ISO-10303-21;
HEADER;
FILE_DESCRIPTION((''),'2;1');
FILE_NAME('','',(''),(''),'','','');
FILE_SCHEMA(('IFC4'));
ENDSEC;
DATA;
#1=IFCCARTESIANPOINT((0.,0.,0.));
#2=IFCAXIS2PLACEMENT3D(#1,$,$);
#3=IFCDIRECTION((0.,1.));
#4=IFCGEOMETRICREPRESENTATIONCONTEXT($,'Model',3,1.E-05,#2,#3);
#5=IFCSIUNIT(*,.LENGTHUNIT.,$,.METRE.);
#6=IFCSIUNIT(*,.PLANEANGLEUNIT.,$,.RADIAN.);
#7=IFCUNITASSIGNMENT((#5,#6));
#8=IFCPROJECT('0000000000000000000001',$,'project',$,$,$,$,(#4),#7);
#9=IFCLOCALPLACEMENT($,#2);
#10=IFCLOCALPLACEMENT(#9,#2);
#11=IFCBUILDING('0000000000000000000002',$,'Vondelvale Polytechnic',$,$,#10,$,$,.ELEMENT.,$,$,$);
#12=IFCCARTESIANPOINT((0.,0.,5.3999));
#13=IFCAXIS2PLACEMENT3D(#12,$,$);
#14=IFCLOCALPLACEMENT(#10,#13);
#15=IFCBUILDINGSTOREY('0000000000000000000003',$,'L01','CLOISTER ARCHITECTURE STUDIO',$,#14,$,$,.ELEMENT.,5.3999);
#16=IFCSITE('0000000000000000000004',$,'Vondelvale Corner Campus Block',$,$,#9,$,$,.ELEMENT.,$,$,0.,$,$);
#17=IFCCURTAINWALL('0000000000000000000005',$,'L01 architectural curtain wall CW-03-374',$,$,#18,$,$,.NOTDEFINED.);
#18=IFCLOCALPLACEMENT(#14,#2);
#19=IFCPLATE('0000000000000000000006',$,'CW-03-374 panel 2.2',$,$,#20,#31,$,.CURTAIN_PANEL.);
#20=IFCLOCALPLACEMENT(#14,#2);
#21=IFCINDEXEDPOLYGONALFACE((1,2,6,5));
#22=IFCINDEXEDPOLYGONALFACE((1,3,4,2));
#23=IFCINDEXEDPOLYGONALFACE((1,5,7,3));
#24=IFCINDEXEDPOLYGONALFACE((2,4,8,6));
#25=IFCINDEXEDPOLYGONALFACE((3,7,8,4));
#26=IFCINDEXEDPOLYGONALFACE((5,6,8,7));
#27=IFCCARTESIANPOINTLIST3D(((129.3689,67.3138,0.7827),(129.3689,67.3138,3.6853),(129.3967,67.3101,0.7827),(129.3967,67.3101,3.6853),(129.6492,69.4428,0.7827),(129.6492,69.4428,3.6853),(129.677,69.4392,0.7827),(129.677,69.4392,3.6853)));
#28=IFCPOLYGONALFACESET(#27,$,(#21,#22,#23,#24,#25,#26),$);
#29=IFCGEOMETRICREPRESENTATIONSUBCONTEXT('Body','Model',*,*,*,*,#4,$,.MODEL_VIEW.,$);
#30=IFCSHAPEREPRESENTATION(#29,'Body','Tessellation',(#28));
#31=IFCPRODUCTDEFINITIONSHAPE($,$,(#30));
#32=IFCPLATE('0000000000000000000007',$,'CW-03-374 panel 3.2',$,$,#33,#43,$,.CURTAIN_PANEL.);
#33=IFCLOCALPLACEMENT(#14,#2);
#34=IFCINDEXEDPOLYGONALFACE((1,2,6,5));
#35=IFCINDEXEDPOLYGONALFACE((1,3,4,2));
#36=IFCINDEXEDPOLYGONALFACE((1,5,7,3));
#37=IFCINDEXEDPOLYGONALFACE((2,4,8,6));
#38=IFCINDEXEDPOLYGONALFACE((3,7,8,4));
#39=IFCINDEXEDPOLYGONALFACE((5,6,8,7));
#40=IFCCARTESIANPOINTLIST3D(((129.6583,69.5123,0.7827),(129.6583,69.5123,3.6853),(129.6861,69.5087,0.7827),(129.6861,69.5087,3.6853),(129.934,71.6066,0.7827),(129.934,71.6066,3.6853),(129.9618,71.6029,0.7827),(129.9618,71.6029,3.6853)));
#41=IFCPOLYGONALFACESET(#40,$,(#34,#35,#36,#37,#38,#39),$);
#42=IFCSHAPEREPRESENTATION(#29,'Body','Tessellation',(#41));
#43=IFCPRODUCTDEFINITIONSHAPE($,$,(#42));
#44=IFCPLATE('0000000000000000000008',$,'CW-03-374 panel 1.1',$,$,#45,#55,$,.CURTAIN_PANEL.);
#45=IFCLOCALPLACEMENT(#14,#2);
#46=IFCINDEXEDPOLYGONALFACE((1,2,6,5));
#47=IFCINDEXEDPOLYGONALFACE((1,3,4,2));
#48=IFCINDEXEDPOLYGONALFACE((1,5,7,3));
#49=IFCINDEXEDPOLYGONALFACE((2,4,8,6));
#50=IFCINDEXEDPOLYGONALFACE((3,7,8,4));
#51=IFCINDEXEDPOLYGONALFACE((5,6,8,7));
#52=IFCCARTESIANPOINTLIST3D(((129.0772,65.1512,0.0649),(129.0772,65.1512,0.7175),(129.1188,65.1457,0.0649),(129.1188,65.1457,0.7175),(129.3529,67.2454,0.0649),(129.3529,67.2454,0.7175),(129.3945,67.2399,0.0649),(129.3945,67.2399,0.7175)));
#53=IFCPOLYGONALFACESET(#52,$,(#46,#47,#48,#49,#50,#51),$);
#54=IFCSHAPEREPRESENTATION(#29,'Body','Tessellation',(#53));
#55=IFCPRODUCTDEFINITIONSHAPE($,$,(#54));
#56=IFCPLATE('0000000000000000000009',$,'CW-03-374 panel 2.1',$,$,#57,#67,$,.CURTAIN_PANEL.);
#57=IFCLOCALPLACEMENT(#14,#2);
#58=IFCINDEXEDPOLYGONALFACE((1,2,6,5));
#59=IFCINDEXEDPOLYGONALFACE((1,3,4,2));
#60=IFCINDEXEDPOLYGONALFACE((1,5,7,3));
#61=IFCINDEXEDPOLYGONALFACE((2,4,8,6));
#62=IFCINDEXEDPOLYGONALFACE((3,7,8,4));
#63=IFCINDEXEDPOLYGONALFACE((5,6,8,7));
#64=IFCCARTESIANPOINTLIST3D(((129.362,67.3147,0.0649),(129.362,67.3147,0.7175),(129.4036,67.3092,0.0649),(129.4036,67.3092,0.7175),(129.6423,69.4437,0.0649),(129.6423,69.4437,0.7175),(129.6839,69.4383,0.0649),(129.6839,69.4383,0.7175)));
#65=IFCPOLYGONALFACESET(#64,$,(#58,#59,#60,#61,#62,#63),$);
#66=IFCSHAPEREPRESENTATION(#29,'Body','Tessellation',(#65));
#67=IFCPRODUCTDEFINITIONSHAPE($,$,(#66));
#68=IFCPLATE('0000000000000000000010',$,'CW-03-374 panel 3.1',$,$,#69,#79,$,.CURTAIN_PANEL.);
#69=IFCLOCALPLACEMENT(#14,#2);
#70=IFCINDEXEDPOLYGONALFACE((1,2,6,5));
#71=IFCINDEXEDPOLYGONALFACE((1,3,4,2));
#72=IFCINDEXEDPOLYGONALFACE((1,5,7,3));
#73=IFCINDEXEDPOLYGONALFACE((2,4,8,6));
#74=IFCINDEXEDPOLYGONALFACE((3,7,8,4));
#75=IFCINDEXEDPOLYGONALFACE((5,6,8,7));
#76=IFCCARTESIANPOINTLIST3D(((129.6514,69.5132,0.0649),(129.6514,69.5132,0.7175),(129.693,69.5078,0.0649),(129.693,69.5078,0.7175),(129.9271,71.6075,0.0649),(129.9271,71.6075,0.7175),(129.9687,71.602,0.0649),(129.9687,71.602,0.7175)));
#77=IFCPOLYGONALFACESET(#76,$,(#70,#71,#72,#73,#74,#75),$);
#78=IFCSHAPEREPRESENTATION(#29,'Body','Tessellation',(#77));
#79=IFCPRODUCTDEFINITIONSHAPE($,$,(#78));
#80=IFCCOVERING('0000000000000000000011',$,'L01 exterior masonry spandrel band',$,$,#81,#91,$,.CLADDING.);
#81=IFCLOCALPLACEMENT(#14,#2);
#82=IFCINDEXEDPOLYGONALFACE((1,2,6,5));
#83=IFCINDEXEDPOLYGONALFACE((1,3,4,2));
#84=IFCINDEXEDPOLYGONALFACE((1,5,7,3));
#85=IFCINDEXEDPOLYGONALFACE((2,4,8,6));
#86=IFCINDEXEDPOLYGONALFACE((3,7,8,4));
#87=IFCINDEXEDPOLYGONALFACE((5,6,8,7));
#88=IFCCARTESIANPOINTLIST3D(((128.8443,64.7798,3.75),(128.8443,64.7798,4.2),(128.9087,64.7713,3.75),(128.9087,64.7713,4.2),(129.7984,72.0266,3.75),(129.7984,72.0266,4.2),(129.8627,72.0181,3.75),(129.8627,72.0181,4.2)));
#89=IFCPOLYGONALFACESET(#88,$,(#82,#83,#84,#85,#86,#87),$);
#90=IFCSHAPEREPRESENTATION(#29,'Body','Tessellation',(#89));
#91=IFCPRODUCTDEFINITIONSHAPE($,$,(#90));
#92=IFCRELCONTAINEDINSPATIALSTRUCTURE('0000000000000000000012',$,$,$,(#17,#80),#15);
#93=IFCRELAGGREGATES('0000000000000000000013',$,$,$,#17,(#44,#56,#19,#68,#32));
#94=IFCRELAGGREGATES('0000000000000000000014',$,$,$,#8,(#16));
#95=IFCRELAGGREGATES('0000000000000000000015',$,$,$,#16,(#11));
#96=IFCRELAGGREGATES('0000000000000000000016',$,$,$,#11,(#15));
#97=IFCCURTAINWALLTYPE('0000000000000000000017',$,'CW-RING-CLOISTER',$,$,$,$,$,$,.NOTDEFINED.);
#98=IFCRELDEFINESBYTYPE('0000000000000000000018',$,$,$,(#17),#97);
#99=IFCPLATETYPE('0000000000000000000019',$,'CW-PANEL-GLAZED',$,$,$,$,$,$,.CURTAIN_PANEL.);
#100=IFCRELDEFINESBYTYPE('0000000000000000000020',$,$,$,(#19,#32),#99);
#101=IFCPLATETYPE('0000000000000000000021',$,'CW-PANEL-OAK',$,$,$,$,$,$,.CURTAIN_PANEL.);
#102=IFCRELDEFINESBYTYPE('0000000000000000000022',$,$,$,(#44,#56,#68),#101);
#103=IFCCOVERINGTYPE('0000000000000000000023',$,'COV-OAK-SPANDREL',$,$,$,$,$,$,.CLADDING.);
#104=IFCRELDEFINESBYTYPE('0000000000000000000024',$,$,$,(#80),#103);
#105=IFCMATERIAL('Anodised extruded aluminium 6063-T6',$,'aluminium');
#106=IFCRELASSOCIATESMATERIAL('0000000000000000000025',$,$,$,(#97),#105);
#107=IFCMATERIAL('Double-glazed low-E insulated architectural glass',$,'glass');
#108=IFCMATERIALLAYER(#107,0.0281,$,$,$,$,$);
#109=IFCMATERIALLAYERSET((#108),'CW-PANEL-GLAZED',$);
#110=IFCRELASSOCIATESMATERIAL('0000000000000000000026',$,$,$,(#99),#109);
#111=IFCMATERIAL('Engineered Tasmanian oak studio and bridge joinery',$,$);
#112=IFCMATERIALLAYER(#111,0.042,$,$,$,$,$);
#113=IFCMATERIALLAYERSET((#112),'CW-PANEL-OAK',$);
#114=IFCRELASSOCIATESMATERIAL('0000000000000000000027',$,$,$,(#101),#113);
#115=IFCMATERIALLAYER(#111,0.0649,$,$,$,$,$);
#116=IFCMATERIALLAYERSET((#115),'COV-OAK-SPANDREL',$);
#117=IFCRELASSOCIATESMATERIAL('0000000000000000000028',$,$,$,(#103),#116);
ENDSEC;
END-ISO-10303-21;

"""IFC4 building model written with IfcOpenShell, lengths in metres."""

from ifc_helpers import new_model, si_unit, direction, frame, origin, origin_2d, place, context, subcontext, project, spatial, rectangle, extrude, material, layer, layer_set, type_object, element, aggregate, save


model = new_model("IFC4")

# Units and contexts
model_context = context("Model", 3, precision=1e-05, world=origin(), true_north=direction((0.0, 1.0)))
body_context = subcontext(model_context, "Body", "Model", "MODEL_VIEW")
ifc_project = project(units=[si_unit("LENGTHUNIT", "METRE"), si_unit("PLANEANGLEUNIT", "RADIAN")], contexts=[model_context])

# Site, building, storey
site_placement = place(None, origin())
site = spatial("IfcSite", under=ifc_project, at=site_placement, Name="Vondelvale Corner Campus Block", CompositionType="ELEMENT", RefElevation=0.0)
building_placement = place(site_placement, origin())
building = spatial("IfcBuilding", under=site, at=building_placement, Name="Vondelvale Polytechnic", CompositionType="ELEMENT")
storey_placement = place(building_placement, frame((0.0, 0.0, 5.3999)))
storey = spatial("IfcBuildingStorey", under=building, at=storey_placement, Name="L01", Description="CLOISTER ARCHITECTURE STUDIO", CompositionType="ELEMENT", Elevation=5.3999)

# Curtain wall, plates
ifc_material_1 = material(Name="Anodised extruded aluminium 6063-T6", Category="aluminium")
curtain_wall_type = type_object("IfcCurtainWallType", Name="CW-RING-CLOISTER", PredefinedType="NOTDEFINED", material=ifc_material_1)
curtain_wall_placement = place(storey_placement, origin())
curtain_wall = element("IfcCurtainWall", 1, at=curtain_wall_placement, inside=storey, type_object=curtain_wall_type, Name="L01 architectural curtain wall CW-03-374", PredefinedType="NOTDEFINED")
ifc_material_2 = material(Name="Double-glazed low-E insulated architectural glass", Category="glass")
ifc_layer_1 = layer(ifc_material_2, 0.0281)
ifc_layer_set_1 = layer_set([ifc_layer_1], Name="CW-PANEL-GLAZED")
plate_type_1 = type_object("IfcPlateType", Name="CW-PANEL-GLAZED", PredefinedType="CURTAIN_PANEL", material=ifc_layer_set_1)
plate_1_placement = place(storey_placement, frame((129.5229, 68.3765, 0.7827), z_axis=(0.0, 0.0, 1.0), x_axis=(0.130528, 0.991445, 0.0)))
plate_1 = element("IfcPlate", 2, at=plate_1_placement, type_object=plate_type_1, Name="CW-03-374 panel 2.2", PredefinedType="CURTAIN_PANEL", context=body_context, shape_type="SweptSolid", body=[
    extrude(rectangle(XDim=2.1475, YDim=0.0281, at=origin_2d()), origin(), (0.0, 0.0, 1.0), 2.9026),
])
plate_2_placement = place(storey_placement, frame((129.8101, 70.5576, 0.7827), z_axis=(0.0, 0.0, 1.0), x_axis=(0.130528, 0.991445, 0.0)))
plate_2 = element("IfcPlate", 3, at=plate_2_placement, type_object=plate_type_1, Name="CW-03-374 panel 3.2", PredefinedType="CURTAIN_PANEL", context=body_context, shape_type="SweptSolid", body=[
    extrude(rectangle(XDim=2.1123, YDim=0.0281, at=origin_2d()), origin(), (0.0, 0.0, 1.0), 2.9026),
])
ifc_material_3 = material(Name="Engineered Tasmanian oak studio and bridge joinery")
ifc_layer_2 = layer(ifc_material_3, 0.042)
ifc_layer_set_2 = layer_set([ifc_layer_2], Name="CW-PANEL-OAK")
plate_type_2 = type_object("IfcPlateType", Name="CW-PANEL-OAK", PredefinedType="CURTAIN_PANEL", material=ifc_layer_set_2)
plate_3_placement = place(storey_placement, frame((129.2358, 66.1956, 0.0649), z_axis=(0.0, 0.0, 1.0), x_axis=(0.130528, 0.991445, 0.0)))
plate_3 = element("IfcPlate", 4, at=plate_3_placement, type_object=plate_type_2, Name="CW-03-374 panel 1.1", PredefinedType="CURTAIN_PANEL", context=body_context, shape_type="SweptSolid", body=[
    extrude(rectangle(XDim=2.1123, YDim=0.042, at=origin_2d()), origin(), (0.0, 0.0, 1.0), 0.6526),
])
plate_4_placement = place(storey_placement, frame((129.5229, 68.3765, 0.0649), z_axis=(0.0, 0.0, 1.0), x_axis=(0.130528, 0.991445, 0.0)))
plate_4 = element("IfcPlate", 5, at=plate_4_placement, type_object=plate_type_2, Name="CW-03-374 panel 2.1", PredefinedType="CURTAIN_PANEL", context=body_context, shape_type="SweptSolid", body=[
    extrude(rectangle(XDim=2.1475, YDim=0.042, at=origin_2d()), origin(), (0.0, 0.0, 1.0), 0.6526),
])
plate_5_placement = place(storey_placement, frame((129.8101, 70.5576, 0.0649), z_axis=(0.0, 0.0, 1.0), x_axis=(0.130528, 0.991445, 0.0)))
plate_5 = element("IfcPlate", 6, at=plate_5_placement, type_object=plate_type_2, Name="CW-03-374 panel 3.1", PredefinedType="CURTAIN_PANEL", context=body_context, shape_type="SweptSolid", body=[
    extrude(rectangle(XDim=2.1123, YDim=0.042, at=origin_2d()), origin(), (0.0, 0.0, 1.0), 0.6526),
])
aggregate(curtain_wall, [plate_3, plate_4, plate_1, plate_5, plate_2])

# Covering
ifc_layer_3 = layer(ifc_material_3, 0.0649)
ifc_layer_set_3 = layer_set([ifc_layer_3], Name="COV-OAK-SPANDREL")
covering_type = type_object("IfcCoveringType", Name="COV-OAK-SPANDREL", PredefinedType="CLADDING", material=ifc_layer_set_3)
covering_placement = place(storey_placement, frame((129.3535, 68.3989, 3.75), z_axis=(0.0, 0.0, 1.0), x_axis=(0.130526, 0.991445, 0.0)))
element("IfcCovering", 7, at=covering_placement, inside=storey, type_object=covering_type, Name="L01 exterior masonry spandrel band", PredefinedType="CLADDING", context=body_context, shape_type="SweptSolid", body=[
    extrude(rectangle(XDim=7.3093, YDim=0.0649, at=origin_2d()), origin(), (0.0, 0.0, 1.0), 0.45),
])

save(model, "model.ifc")
